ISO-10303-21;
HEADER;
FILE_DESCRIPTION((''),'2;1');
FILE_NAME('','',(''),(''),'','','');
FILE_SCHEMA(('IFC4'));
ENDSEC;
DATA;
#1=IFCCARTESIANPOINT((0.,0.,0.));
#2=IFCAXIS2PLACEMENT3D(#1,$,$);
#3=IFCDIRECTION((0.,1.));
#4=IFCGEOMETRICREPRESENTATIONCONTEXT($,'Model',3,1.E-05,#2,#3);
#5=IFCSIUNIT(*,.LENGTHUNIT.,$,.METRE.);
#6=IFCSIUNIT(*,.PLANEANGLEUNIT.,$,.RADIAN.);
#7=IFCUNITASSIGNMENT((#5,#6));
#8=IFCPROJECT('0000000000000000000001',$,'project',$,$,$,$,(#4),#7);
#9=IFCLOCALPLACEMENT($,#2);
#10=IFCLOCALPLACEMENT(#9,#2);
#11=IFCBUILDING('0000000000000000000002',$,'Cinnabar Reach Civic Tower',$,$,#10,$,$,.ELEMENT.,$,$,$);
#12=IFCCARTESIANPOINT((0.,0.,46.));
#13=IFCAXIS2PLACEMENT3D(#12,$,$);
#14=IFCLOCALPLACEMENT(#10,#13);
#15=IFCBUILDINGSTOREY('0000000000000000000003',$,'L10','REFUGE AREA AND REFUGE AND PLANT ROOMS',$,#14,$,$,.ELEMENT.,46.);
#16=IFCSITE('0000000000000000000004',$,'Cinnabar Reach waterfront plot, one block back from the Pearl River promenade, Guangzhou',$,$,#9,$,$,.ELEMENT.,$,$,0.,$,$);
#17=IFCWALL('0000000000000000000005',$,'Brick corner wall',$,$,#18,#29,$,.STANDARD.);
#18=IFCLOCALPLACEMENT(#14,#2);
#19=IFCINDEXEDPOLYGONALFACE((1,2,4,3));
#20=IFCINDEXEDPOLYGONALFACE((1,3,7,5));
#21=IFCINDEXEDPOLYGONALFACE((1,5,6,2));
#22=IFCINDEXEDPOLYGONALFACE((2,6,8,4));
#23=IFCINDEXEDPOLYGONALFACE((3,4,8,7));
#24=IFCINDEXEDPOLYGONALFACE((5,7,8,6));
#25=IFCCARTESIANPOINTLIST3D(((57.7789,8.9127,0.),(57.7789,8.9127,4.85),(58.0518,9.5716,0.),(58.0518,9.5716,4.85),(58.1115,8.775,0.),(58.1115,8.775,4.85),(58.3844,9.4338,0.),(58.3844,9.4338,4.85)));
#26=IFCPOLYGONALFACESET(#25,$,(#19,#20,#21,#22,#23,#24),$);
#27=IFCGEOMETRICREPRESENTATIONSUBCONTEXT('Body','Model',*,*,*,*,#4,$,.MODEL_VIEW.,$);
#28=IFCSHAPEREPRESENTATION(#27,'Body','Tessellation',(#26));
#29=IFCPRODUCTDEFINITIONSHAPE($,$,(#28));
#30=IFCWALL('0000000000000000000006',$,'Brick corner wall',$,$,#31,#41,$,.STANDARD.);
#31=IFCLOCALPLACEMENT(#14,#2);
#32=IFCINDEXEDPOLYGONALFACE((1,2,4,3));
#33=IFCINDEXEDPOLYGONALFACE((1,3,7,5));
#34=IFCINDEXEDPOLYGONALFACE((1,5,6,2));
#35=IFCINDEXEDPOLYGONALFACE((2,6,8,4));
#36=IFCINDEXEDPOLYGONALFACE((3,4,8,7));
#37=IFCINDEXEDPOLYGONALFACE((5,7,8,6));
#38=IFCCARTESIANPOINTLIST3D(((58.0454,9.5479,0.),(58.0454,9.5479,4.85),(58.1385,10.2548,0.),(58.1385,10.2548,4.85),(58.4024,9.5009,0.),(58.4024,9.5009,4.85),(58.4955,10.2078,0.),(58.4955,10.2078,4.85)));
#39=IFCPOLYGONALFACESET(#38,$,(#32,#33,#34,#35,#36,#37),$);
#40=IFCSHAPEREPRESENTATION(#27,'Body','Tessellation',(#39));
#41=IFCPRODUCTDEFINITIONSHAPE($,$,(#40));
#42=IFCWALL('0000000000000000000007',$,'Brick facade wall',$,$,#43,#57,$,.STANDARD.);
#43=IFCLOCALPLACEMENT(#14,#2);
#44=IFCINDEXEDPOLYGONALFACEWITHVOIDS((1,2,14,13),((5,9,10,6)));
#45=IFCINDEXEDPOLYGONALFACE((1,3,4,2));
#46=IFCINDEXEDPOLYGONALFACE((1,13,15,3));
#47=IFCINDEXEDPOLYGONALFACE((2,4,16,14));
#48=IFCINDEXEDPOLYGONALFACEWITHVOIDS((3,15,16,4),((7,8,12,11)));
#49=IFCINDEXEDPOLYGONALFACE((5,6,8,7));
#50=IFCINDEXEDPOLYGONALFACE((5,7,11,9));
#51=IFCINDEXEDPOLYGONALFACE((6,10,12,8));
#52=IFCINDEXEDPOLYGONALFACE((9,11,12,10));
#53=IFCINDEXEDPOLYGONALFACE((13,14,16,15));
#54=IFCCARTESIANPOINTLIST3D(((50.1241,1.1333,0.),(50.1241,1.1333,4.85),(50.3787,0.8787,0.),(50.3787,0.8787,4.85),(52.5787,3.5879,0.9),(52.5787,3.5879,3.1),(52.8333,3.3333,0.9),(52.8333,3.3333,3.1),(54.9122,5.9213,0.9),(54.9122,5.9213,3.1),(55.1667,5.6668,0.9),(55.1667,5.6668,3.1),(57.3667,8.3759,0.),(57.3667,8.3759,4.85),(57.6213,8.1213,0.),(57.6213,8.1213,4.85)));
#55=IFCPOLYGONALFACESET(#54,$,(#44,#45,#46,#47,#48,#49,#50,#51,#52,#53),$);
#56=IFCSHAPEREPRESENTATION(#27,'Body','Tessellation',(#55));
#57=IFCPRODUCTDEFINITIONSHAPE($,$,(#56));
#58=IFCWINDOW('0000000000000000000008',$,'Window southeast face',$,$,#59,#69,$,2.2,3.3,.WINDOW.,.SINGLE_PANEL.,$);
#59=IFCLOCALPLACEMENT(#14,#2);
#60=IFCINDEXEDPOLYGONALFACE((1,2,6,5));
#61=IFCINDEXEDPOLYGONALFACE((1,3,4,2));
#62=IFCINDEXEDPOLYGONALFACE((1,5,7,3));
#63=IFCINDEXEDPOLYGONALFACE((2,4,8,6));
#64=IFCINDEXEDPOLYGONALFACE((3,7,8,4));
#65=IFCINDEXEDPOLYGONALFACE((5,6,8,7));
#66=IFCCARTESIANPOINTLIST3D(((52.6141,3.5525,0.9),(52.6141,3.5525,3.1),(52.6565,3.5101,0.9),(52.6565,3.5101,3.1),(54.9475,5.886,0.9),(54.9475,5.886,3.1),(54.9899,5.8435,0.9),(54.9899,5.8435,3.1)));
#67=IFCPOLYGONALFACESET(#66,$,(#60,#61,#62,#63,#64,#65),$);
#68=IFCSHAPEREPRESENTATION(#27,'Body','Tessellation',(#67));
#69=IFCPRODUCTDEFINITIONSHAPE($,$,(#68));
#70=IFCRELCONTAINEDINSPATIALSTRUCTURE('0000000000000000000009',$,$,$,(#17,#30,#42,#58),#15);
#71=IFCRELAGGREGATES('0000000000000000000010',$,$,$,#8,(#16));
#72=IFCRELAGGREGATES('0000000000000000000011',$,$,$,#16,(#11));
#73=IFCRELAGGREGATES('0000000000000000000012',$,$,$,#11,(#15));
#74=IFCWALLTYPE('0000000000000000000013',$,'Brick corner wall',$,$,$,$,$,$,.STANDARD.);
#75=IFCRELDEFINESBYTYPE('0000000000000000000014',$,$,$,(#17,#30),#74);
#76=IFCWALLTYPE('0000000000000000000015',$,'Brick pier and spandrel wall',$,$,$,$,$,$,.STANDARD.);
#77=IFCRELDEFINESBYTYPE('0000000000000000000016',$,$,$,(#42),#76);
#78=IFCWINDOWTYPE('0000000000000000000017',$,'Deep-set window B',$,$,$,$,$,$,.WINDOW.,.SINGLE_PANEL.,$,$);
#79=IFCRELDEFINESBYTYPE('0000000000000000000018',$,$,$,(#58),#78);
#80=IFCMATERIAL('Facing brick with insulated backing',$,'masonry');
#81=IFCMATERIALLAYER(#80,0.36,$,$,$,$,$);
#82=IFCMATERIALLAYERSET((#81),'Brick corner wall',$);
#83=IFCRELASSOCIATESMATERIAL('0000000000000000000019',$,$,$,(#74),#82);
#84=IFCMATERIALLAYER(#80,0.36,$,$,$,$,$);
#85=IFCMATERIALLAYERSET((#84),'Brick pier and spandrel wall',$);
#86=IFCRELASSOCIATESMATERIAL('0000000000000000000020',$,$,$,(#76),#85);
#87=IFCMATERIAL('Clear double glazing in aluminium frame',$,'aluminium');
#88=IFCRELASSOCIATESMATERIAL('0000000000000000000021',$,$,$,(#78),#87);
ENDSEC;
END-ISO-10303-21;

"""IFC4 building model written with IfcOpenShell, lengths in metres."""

from ifc_helpers import new_model, si_unit, direction, frame, frame_2d, origin, place, context, subcontext, project, spatial, rectangle, extrude, material, layer, layer_set, type_object, element, fill, save


model = new_model("IFC4")

# Units and contexts
model_context = context("Model", 3, precision=1e-05, world=origin(), true_north=direction((0.0, 1.0)))
body_context = subcontext(model_context, "Body", "Model", "MODEL_VIEW")
ifc_project = project(units=[si_unit("LENGTHUNIT", "METRE"), si_unit("PLANEANGLEUNIT", "RADIAN")], contexts=[model_context])

# Site, building, storey
site_placement = place(None, origin())
site = spatial("IfcSite", under=ifc_project, at=site_placement, Name="Cinnabar Reach waterfront plot, one block back from the Pearl River promenade, Guangzhou", CompositionType="ELEMENT", RefElevation=0.0)
building_placement = place(site_placement, origin())
building = spatial("IfcBuilding", under=site, at=building_placement, Name="Cinnabar Reach Civic Tower", CompositionType="ELEMENT")
storey_placement = place(building_placement, frame((0.0, 0.0, 46.0)))
storey = spatial("IfcBuildingStorey", under=building, at=storey_placement, Name="L10", Description="REFUGE AREA AND REFUGE AND PLANT ROOMS", CompositionType="ELEMENT", Elevation=46.0)

# Walls
ifc_material_1 = material(Name="Facing brick with insulated backing", Category="masonry")
ifc_layer_1 = layer(ifc_material_1, 0.36)
ifc_layer_set_1 = layer_set([ifc_layer_1], Name="Brick corner wall")
wall_type_1 = type_object("IfcWallType", Name="Brick corner wall", PredefinedType="STANDARD", material=ifc_layer_set_1)
for number, where, z_axis, x_axis, name in (
    (1, (57.9452, 8.8439, 0.0), (0.0, 0.0, 1.0), (0.382703, 0.923872, 0.0), "Brick corner wall"),
    (2, (58.2239, 9.5244, 0.0), (0.0, 0.0, 1.0), (0.130556, 0.991441, 0.0), "Brick corner wall"),
):
    element("IfcWall", number, at=place(storey_placement, frame(where, z_axis=z_axis, x_axis=x_axis)), inside=storey, type_object=wall_type_1, Name=name, PredefinedType="STANDARD", context=body_context, shape_type="SweptSolid", body=[
        extrude(rectangle(XDim=0.7131, YDim=0.36, at=frame_2d((0.3565, 0.0))), origin(), (0.0, 0.0, 1.0), 4.85),
    ])

# Wall, opening, window
ifc_layer_2 = layer(ifc_material_1, 0.36)
ifc_layer_set_2 = layer_set([ifc_layer_2], Name="Brick pier and spandrel wall")
wall_type_2 = type_object("IfcWallType", Name="Brick pier and spandrel wall", PredefinedType="STANDARD", material=ifc_layer_set_2)
wall_placement = place(storey_placement, frame((50.2514, 1.006, 0.0), z_axis=(0.0, 0.0, 1.0), x_axis=(0.707107, 0.707107, 0.0)))
wall = element("IfcWall", 3, at=wall_placement, inside=storey, type_object=wall_type_2, Name="Brick facade wall", PredefinedType="STANDARD", context=body_context, shape_type="SweptSolid", body=[
    extrude(rectangle(XDim=10.2426, YDim=0.36, at=frame_2d((5.1213, 0.0))), origin(), (0.0, 0.0, 1.0), 4.85),
])
opening_placement = place(wall_placement, frame((3.4713, 0.0, 0.9)))
opening = element("IfcOpeningElement", 4, at=opening_placement, cuts=wall, PredefinedType="OPENING", context=body_context, shape_type="SweptSolid", body=[
    extrude(rectangle(XDim=3.3, YDim=2.2, at=frame_2d((1.65, 1.1))), frame((0.0, 0.19, 0.0), z_axis=(0.0, -1.0, 0.0), x_axis=(1.0, 0.0, 0.0)), (0.0, 0.0, 1.0), 0.38),
])
ifc_material_2 = material(Name="Clear double glazing in aluminium frame", Category="aluminium")
window_type = type_object("IfcWindowType", Name="Deep-set window B", PartitioningType="SINGLE_PANEL", PredefinedType="WINDOW", material=ifc_material_2)
window_placement = place(opening_placement, origin())
window = element("IfcWindow", 5, at=window_placement, inside=storey, type_object=window_type, Name="Window southeast face", OverallHeight=2.2, OverallWidth=3.3, PartitioningType="SINGLE_PANEL", PredefinedType="WINDOW", context=body_context, shape_type="SweptSolid", body=[
    extrude(rectangle(XDim=3.3, YDim=2.2, at=frame_2d((1.65, 1.1))), frame((0.0, 0.13, 0.0), z_axis=(0.0, -1.0, 0.0), x_axis=(1.0, 0.0, 0.0)), (0.0, 0.0, 1.0), 0.06),
])
fill(opening, window)

save(model, "model.ifc")
